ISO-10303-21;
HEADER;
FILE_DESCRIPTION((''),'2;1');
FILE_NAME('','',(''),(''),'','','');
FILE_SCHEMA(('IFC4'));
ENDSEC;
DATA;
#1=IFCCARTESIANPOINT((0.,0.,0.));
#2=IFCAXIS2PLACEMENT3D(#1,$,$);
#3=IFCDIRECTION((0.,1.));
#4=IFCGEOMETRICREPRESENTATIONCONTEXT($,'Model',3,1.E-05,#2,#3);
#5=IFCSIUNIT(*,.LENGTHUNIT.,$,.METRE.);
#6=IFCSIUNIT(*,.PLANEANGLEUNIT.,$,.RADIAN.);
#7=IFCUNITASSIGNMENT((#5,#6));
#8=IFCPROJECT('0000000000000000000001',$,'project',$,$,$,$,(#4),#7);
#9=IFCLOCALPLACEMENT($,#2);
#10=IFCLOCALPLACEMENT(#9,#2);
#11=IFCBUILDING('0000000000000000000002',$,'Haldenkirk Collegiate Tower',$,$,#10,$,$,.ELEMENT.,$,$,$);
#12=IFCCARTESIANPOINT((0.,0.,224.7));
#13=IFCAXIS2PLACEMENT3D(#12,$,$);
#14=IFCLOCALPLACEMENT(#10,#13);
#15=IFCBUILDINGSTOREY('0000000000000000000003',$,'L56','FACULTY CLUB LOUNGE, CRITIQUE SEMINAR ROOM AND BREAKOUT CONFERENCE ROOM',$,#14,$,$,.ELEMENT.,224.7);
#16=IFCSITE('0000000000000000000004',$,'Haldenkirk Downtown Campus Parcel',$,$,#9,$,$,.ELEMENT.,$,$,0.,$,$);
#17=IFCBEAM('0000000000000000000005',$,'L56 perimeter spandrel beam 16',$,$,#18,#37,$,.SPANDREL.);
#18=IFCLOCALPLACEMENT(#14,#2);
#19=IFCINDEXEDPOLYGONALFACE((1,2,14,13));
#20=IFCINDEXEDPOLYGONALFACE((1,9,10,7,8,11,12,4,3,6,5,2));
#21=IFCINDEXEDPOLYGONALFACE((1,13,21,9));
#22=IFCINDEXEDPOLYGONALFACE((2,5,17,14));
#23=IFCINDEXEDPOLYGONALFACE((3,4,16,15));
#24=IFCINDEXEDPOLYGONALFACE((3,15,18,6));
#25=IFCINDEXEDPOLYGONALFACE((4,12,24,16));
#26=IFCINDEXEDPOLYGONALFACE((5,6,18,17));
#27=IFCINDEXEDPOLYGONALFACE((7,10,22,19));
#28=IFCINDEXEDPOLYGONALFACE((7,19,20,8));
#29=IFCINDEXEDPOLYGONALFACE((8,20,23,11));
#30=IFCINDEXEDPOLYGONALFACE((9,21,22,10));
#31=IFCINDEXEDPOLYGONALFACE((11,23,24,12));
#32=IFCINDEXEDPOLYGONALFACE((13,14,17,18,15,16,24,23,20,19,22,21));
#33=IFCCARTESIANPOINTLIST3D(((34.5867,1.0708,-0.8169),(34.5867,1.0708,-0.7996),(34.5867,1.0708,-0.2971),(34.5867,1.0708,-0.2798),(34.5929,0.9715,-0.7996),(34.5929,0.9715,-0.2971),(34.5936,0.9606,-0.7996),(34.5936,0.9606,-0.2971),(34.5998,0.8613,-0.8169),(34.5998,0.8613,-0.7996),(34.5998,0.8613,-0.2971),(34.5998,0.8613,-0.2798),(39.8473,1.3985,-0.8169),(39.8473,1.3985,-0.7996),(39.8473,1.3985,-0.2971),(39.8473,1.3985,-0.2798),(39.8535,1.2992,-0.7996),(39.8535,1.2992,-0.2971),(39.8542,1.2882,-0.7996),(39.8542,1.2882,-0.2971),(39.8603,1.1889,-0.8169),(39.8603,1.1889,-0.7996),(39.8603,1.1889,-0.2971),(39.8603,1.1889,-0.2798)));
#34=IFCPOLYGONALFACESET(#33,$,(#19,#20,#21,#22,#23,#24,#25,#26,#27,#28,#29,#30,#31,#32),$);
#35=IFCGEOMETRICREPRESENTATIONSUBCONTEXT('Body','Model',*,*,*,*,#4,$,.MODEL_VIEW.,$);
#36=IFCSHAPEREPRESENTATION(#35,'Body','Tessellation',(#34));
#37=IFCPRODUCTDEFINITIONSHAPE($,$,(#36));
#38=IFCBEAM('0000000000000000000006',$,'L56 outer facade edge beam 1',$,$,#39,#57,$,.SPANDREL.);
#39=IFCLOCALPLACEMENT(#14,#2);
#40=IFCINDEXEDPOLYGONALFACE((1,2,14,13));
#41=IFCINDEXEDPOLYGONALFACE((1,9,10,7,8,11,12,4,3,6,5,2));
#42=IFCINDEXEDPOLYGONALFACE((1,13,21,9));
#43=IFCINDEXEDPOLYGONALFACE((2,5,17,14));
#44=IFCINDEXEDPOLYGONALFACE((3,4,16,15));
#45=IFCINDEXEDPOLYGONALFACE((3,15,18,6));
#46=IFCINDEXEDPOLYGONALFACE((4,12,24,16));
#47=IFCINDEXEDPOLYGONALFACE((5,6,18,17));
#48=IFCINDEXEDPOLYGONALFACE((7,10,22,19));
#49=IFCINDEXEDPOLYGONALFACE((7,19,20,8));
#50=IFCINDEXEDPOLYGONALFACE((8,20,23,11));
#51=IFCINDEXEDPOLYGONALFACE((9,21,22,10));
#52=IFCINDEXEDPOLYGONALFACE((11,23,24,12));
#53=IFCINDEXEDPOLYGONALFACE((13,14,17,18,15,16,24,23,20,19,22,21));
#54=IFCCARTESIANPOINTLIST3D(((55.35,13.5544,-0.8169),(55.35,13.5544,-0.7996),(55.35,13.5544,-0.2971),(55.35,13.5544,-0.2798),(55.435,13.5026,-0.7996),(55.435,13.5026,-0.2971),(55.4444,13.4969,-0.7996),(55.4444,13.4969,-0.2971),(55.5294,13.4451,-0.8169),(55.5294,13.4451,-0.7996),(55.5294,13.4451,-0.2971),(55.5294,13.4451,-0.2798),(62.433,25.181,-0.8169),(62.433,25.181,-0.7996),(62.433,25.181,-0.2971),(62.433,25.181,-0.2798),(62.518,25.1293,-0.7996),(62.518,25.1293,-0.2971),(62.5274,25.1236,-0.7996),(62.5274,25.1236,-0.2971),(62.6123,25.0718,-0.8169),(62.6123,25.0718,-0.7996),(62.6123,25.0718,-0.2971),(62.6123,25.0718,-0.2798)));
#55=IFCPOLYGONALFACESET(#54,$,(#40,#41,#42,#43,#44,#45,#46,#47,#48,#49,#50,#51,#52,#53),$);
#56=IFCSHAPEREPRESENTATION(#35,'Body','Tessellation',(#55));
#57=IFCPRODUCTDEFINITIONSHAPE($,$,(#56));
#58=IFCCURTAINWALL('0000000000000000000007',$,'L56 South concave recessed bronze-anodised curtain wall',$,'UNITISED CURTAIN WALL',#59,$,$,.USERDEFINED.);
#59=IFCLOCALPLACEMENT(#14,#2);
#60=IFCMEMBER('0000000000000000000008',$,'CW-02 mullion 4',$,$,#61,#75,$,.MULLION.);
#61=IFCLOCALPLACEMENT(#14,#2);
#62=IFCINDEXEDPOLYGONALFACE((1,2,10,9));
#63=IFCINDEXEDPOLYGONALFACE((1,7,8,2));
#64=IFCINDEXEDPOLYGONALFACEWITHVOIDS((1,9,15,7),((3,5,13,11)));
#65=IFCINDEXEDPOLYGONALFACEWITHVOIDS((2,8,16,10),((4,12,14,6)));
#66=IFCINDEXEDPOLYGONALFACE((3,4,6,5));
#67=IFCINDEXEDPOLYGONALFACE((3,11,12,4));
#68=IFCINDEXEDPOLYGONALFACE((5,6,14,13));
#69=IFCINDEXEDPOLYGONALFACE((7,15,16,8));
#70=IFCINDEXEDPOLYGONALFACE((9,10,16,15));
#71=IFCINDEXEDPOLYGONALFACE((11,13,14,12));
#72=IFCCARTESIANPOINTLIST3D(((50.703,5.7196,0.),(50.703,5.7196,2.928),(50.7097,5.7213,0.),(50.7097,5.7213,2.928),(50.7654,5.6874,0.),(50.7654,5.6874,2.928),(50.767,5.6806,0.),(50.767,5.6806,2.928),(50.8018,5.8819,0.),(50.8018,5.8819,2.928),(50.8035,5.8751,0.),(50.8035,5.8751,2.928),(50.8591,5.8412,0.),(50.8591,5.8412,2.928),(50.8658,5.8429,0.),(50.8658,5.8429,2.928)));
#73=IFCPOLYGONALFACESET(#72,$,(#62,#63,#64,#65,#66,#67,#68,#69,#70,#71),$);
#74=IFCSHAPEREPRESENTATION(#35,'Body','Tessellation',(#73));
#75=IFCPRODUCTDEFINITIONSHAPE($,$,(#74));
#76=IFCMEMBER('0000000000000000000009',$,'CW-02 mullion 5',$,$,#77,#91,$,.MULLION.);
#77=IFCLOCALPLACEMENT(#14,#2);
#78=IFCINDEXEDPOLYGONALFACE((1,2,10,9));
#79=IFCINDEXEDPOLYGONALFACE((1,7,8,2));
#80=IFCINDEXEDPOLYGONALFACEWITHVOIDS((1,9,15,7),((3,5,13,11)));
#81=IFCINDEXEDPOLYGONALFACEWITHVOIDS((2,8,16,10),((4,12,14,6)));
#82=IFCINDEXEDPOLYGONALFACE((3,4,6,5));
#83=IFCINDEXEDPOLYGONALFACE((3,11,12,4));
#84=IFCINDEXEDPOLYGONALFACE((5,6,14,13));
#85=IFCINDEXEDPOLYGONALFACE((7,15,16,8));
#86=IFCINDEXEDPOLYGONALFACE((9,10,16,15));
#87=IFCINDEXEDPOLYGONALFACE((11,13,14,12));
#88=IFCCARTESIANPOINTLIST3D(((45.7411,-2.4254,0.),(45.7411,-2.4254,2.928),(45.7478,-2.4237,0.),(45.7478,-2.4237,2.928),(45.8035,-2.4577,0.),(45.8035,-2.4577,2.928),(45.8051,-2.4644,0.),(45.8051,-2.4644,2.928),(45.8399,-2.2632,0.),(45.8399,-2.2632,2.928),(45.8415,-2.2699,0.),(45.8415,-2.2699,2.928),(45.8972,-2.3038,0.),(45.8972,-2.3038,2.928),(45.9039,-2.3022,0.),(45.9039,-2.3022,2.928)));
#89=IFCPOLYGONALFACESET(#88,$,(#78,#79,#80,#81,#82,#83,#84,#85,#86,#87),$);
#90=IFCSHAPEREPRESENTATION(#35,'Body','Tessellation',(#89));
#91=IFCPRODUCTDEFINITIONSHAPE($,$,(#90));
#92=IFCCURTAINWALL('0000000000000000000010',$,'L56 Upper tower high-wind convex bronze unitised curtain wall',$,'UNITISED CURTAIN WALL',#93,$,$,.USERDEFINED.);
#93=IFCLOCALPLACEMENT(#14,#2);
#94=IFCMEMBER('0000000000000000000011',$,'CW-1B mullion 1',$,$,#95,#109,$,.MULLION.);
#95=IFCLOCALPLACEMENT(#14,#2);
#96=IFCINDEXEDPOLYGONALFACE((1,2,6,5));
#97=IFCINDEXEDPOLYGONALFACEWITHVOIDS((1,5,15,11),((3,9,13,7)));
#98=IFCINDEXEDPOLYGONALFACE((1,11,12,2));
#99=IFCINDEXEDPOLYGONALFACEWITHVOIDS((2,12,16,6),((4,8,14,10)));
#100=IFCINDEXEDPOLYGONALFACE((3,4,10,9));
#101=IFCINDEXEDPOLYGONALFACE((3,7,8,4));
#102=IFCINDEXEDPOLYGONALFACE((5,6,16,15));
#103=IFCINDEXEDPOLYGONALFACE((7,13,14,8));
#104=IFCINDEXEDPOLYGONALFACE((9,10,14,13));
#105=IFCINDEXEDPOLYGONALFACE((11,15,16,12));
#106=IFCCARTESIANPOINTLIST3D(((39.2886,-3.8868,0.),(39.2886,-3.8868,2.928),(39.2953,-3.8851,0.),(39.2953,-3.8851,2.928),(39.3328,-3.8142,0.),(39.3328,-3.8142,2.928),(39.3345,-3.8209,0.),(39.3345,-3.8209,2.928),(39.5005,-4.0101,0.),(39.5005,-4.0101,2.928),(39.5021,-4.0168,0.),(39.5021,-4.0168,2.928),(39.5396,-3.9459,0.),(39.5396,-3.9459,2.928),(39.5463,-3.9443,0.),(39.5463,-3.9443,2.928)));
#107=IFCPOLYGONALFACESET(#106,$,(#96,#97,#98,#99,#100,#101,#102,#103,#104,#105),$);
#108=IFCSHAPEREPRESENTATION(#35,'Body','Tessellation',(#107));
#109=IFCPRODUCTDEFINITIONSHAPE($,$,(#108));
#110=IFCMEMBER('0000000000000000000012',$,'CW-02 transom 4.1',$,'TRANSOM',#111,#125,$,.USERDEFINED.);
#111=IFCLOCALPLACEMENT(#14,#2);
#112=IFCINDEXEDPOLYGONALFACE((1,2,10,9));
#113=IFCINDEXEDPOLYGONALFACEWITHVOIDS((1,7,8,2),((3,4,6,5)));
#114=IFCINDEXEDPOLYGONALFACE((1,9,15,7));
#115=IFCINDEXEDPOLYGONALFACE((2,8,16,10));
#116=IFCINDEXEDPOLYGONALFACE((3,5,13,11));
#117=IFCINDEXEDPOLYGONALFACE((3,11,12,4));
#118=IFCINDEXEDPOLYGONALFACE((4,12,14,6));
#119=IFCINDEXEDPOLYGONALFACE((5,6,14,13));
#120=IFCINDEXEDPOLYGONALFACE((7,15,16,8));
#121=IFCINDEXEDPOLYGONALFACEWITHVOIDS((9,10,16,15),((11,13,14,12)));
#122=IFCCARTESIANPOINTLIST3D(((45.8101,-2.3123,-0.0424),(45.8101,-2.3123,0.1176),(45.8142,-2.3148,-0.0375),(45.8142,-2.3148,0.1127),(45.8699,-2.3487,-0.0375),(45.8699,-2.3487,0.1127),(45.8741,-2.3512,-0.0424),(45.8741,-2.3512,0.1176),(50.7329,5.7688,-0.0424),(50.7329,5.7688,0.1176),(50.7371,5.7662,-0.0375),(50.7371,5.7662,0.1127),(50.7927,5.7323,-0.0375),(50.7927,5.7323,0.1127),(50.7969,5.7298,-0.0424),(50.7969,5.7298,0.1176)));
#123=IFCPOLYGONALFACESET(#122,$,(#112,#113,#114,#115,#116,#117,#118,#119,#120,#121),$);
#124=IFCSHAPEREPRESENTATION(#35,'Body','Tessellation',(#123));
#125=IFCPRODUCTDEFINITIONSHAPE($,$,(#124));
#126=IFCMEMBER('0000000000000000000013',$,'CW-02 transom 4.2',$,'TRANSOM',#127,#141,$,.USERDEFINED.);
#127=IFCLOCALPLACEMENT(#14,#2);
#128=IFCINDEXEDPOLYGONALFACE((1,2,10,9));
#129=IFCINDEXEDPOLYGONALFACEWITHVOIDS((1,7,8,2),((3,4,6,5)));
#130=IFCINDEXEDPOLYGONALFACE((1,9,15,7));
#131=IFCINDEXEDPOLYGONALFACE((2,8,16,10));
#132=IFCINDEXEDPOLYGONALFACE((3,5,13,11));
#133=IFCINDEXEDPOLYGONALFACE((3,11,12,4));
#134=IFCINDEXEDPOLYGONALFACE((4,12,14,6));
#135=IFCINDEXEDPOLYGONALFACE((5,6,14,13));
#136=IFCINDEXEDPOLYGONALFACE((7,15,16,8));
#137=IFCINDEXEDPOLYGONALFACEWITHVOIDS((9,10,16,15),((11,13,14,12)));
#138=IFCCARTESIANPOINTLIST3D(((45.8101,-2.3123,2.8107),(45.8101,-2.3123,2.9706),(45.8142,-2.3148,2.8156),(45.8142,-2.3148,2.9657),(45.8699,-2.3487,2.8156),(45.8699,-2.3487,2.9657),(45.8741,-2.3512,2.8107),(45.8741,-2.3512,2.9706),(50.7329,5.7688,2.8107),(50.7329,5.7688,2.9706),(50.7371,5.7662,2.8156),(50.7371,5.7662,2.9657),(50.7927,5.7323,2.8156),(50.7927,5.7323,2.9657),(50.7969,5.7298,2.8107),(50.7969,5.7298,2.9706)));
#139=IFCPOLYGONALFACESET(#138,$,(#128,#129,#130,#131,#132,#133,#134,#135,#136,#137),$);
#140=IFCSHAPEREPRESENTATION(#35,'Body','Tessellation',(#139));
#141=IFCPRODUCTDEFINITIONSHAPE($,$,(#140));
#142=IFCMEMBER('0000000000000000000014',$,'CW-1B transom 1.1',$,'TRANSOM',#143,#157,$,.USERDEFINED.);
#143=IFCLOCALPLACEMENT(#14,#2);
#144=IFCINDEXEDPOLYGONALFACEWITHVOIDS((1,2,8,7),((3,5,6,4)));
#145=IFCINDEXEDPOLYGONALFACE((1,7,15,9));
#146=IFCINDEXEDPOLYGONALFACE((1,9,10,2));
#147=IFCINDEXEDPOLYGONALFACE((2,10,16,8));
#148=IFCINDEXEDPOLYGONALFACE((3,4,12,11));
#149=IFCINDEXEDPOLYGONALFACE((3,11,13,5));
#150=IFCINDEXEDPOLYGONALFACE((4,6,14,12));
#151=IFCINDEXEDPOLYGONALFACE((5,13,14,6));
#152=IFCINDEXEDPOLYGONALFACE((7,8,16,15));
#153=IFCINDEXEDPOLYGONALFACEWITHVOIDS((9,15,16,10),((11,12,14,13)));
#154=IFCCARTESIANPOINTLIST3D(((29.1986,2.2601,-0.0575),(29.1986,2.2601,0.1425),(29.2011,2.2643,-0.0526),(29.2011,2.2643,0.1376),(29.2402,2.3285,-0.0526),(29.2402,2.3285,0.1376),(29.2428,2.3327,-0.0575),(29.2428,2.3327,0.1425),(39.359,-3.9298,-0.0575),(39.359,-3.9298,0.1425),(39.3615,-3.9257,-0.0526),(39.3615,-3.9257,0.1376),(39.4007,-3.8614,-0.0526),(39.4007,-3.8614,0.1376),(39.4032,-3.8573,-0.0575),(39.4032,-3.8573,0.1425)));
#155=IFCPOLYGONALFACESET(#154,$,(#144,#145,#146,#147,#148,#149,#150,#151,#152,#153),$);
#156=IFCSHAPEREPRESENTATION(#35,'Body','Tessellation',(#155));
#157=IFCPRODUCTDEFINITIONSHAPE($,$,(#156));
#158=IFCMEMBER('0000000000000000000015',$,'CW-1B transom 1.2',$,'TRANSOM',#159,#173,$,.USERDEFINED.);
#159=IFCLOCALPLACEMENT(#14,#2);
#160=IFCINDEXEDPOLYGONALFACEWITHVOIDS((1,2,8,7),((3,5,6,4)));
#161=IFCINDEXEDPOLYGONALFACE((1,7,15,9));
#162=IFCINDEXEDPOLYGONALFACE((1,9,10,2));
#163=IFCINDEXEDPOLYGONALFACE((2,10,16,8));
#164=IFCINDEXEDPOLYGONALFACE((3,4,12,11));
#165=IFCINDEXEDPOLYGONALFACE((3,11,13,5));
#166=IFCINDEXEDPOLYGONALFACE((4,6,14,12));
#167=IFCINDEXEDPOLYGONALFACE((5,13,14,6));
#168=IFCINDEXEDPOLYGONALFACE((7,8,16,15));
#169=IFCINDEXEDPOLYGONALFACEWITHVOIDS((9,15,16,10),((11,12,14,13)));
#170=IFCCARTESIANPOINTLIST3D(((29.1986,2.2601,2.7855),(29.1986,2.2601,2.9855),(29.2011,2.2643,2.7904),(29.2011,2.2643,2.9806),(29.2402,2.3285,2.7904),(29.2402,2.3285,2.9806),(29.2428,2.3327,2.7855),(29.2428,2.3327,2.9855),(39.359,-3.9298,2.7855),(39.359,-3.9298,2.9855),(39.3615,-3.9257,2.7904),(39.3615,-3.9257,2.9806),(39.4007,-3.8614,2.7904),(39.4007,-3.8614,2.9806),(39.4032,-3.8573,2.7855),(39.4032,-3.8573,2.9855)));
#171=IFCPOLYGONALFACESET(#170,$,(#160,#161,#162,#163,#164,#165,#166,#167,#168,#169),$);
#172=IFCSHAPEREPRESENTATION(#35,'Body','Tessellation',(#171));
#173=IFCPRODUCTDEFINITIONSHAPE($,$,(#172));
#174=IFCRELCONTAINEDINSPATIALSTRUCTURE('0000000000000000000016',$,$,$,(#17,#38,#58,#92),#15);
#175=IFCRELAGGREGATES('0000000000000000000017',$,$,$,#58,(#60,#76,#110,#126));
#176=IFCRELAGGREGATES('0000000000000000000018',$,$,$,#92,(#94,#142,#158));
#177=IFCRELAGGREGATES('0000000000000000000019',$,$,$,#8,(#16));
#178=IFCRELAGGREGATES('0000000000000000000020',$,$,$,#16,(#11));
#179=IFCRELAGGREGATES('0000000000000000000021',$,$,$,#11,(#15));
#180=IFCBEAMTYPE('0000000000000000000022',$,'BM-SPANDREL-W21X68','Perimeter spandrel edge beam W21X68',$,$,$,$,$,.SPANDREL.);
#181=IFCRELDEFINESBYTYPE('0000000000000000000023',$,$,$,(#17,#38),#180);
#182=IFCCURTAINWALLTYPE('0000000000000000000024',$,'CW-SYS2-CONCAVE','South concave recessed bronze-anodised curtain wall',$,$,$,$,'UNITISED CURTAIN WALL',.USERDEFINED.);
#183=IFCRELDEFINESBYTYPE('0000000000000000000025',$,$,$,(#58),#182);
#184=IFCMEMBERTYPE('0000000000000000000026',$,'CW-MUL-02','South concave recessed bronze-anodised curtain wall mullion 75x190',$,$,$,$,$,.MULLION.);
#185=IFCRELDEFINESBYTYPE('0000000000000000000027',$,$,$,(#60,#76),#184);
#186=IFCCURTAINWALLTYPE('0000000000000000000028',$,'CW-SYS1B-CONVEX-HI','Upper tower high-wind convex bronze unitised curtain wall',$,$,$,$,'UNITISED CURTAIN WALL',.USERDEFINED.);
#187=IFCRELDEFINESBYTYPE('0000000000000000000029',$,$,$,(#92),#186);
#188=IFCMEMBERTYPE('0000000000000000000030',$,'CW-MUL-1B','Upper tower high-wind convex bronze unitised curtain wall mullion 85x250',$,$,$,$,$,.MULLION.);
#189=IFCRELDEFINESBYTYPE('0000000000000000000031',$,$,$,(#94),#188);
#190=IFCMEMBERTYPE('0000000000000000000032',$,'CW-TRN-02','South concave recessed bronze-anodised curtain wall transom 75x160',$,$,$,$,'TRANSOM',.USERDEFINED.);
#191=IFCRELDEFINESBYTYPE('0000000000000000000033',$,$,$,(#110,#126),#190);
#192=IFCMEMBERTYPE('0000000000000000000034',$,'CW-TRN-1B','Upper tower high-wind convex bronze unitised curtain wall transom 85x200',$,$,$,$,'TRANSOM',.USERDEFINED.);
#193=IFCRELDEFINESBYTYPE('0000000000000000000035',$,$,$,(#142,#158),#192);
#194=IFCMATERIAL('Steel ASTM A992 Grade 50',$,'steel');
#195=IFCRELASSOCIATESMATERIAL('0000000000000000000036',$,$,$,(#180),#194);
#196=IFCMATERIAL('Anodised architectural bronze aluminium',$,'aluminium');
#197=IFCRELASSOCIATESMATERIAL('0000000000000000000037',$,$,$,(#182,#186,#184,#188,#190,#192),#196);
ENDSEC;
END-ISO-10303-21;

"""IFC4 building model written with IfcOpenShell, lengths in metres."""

from ifc_helpers import new_model, si_unit, direction, frame, origin, origin_2d, place, context, subcontext, project, spatial, hollow_rectangle, i_section, extrude, material, material_profile, profile_set, type_object, element, aggregate, save


model = new_model("IFC4")

# Units and contexts
model_context = context("Model", 3, precision=1e-05, world=origin(), true_north=direction((0.0, 1.0)))
body_context = subcontext(model_context, "Body", "Model", "MODEL_VIEW")
ifc_project = project(units=[si_unit("LENGTHUNIT", "METRE"), si_unit("PLANEANGLEUNIT", "RADIAN")], contexts=[model_context])

# Site, building, storey
site_placement = place(None, origin())
site = spatial("IfcSite", under=ifc_project, at=site_placement, Name="Haldenkirk Downtown Campus Parcel", CompositionType="ELEMENT", RefElevation=0.0)
building_placement = place(site_placement, origin())
building = spatial("IfcBuilding", under=site, at=building_placement, Name="Haldenkirk Collegiate Tower", CompositionType="ELEMENT")
storey_placement = place(building_placement, frame((0.0, 0.0, 224.7)))
storey = spatial("IfcBuildingStorey", under=building, at=storey_placement, Name="L56", Description="FACULTY CLUB LOUNGE, CRITIQUE SEMINAR ROOM AND BREAKOUT CONFERENCE ROOM", CompositionType="ELEMENT", Elevation=224.7)

# Beams
ifc_material_1 = material(Name="Steel ASTM A992 Grade 50", Category="steel")
ifc_material_profile_1 = material_profile(ifc_material_1, i_section(OverallWidth=0.21, OverallDepth=0.5371, WebThickness=0.011, FlangeThickness=0.0173, at=origin_2d()), Name="W21X68")
ifc_profile_set_1 = profile_set([ifc_material_profile_1], Name="Steel ASTM A992 Grade 50")
beam_type_1 = type_object("IfcBeamType", Name="BM-SPANDREL-W21X68", Description="Perimeter spandrel edge beam W21X68", PredefinedType="SPANDREL", material=ifc_profile_set_1)
beam_1_placement = place(storey_placement, frame((34.5933, 0.9661, -0.5483), z_axis=(0.998066, 0.062162, 0.0), x_axis=(-0.062162, 0.998066, 0.0)))
element("IfcBeam", 1, at=beam_1_placement, inside=storey, type_object=beam_type_1, Name="L56 perimeter spandrel beam 16", PredefinedType="SPANDREL", context=body_context, shape_type="SweptSolid", body=[
    extrude(i_section(OverallWidth=0.21, OverallDepth=0.5371, WebThickness=0.011, FlangeThickness=0.0173, at=origin_2d()), origin(), (0.0, 0.0, 1.0), 5.2708),
])
beam_2_placement = place(storey_placement, frame((55.4397, 13.4998, -0.5483), z_axis=(0.520262, 0.854007, 0.0), x_axis=(-0.854007, 0.520262, 0.0)))
element("IfcBeam", 2, at=beam_2_placement, inside=storey, type_object=beam_type_1, Name="L56 outer facade edge beam 1", PredefinedType="SPANDREL", context=body_context, shape_type="SweptSolid", body=[
    extrude(i_section(OverallWidth=0.21, OverallDepth=0.5371, WebThickness=0.011, FlangeThickness=0.0173, at=origin_2d()), origin(), (0.0, 0.0, 1.0), 13.6143),
])

# Curtain wall, members
ifc_material_2 = material(Name="Anodised architectural bronze aluminium", Category="aluminium")
curtain_wall_type_1 = type_object("IfcCurtainWallType", Name="CW-SYS2-CONCAVE", Description="South concave recessed bronze-anodised curtain wall", ElementType="UNITISED CURTAIN WALL", PredefinedType="USERDEFINED", material=ifc_material_2)
curtain_wall_1_placement = place(storey_placement, origin())
curtain_wall_1 = element("IfcCurtainWall", 3, at=curtain_wall_1_placement, inside=storey, type_object=curtain_wall_type_1, Name="L56 South concave recessed bronze-anodised curtain wall", ObjectType="UNITISED CURTAIN WALL", PredefinedType="USERDEFINED")
ifc_material_profile_2 = material_profile(ifc_material_2, hollow_rectangle(XDim=0.075, YDim=0.1899, WallThickness=0.0049, at=origin_2d()), Name="CW-MUL-02")
ifc_profile_set_2 = profile_set([ifc_material_profile_2], Name="Anodised architectural bronze aluminium")
member_type_1 = type_object("IfcMemberType", Name="CW-MUL-02", Description="South concave recessed bronze-anodised curtain wall mullion 75x190", PredefinedType="MULLION", material=ifc_profile_set_2)
member_1_placement = place(storey_placement, frame((50.7844, 5.7812, 0.0), z_axis=(0.0, 0.0, 1.0), x_axis=(0.854004, -0.520266, 0.0)))
member_1 = element("IfcMember", 4, at=member_1_placement, type_object=member_type_1, Name="CW-02 mullion 4", PredefinedType="MULLION", context=body_context, shape_type="SweptSolid", body=[
    extrude(hollow_rectangle(XDim=0.075, YDim=0.1899, WallThickness=0.0049, at=origin_2d()), origin(), (0.0, 0.0, 1.0), 2.928),
])
member_2_placement = place(storey_placement, frame((45.8225, -2.3638, 0.0), z_axis=(0.0, 0.0, 1.0), x_axis=(0.854004, -0.520266, 0.0)))
member_2 = element("IfcMember", 5, at=member_2_placement, type_object=member_type_1, Name="CW-02 mullion 5", PredefinedType="MULLION", context=body_context, shape_type="SweptSolid", body=[
    extrude(hollow_rectangle(XDim=0.075, YDim=0.1899, WallThickness=0.0049, at=origin_2d()), origin(), (0.0, 0.0, 1.0), 2.928),
])

# Curtain wall, member
curtain_wall_type_2 = type_object("IfcCurtainWallType", Name="CW-SYS1B-CONVEX-HI", Description="Upper tower high-wind convex bronze unitised curtain wall", ElementType="UNITISED CURTAIN WALL", PredefinedType="USERDEFINED", material=ifc_material_2)
curtain_wall_2_placement = place(storey_placement, origin())
curtain_wall_2 = element("IfcCurtainWall", 6, at=curtain_wall_2_placement, inside=storey, type_object=curtain_wall_type_2, Name="L56 Upper tower high-wind convex bronze unitised curtain wall", ObjectType="UNITISED CURTAIN WALL", PredefinedType="USERDEFINED")
ifc_material_profile_3 = material_profile(ifc_material_2, hollow_rectangle(XDim=0.085, YDim=0.25, WallThickness=0.0049, at=origin_2d()), Name="CW-MUL-1B")
ifc_profile_set_3 = profile_set([ifc_material_profile_3], Name="Anodised architectural bronze aluminium")
member_type_2 = type_object("IfcMemberType", Name="CW-MUL-1B", Description="Upper tower high-wind convex bronze unitised curtain wall mullion 85x250", PredefinedType="MULLION", material=ifc_profile_set_3)
member_3_placement = place(storey_placement, frame((39.4175, -3.9155, 0.0), z_axis=(0.0, 0.0, 1.0), x_axis=(-0.520268, -0.854003, 0.0)))
member_3 = element("IfcMember", 7, at=member_3_placement, type_object=member_type_2, Name="CW-1B mullion 1", PredefinedType="MULLION", context=body_context, shape_type="SweptSolid", body=[
    extrude(hollow_rectangle(XDim=0.085, YDim=0.25, WallThickness=0.0049, at=origin_2d()), origin(), (0.0, 0.0, 1.0), 2.928),
])

# Members
ifc_material_profile_4 = material_profile(ifc_material_2, hollow_rectangle(XDim=0.075, YDim=0.1599, WallThickness=0.0049, at=origin_2d()), Name="CW-TRN-02")
ifc_profile_set_4 = profile_set([ifc_material_profile_4], Name="Anodised architectural bronze aluminium")
member_type_3 = type_object("IfcMemberType", Name="CW-TRN-02", Description="South concave recessed bronze-anodised curtain wall transom 75x160", ElementType="TRANSOM", PredefinedType="USERDEFINED", material=ifc_profile_set_4)
member_4_placement = place(storey_placement, frame((50.7649, 5.7493, 0.0376), z_axis=(-0.520251, -0.854013, 0.0), x_axis=(0.854013, -0.520251, 0.0)))
member_4 = element("IfcMember", 8, at=member_4_placement, type_object=member_type_3, Name="CW-02 transom 4.1", ObjectType="TRANSOM", PredefinedType="USERDEFINED", context=body_context, shape_type="SweptSolid", body=[
    extrude(hollow_rectangle(XDim=0.075, YDim=0.1599, WallThickness=0.0049, at=origin_2d()), origin(), (0.0, 0.0, 1.0), 9.4624),
])
member_5_placement = place(storey_placement, frame((50.7649, 5.7493, 2.8906), z_axis=(-0.520251, -0.854013, 0.0), x_axis=(0.854013, -0.520251, 0.0)))
member_5 = element("IfcMember", 9, at=member_5_placement, type_object=member_type_3, Name="CW-02 transom 4.2", ObjectType="TRANSOM", PredefinedType="USERDEFINED", context=body_context, shape_type="SweptSolid", body=[
    extrude(hollow_rectangle(XDim=0.075, YDim=0.1599, WallThickness=0.0049, at=origin_2d()), origin(), (0.0, 0.0, 1.0), 9.4624),
])
ifc_material_profile_5 = material_profile(ifc_material_2, hollow_rectangle(XDim=0.085, YDim=0.2, WallThickness=0.0049, at=origin_2d()), Name="CW-TRN-1B")
ifc_profile_set_5 = profile_set([ifc_material_profile_5], Name="Anodised architectural bronze aluminium")
member_type_4 = type_object("IfcMemberType", Name="CW-TRN-1B", Description="Upper tower high-wind convex bronze unitised curtain wall transom 85x200", ElementType="TRANSOM", PredefinedType="USERDEFINED", material=ifc_profile_set_5)
member_6_placement = place(storey_placement, frame((39.3811, -3.8936, 0.0425), z_axis=(-0.853999, 0.520275, 0.0), x_axis=(-0.520275, -0.853999, 0.0)))
member_6 = element("IfcMember", 10, at=member_6_placement, type_object=member_type_4, Name="CW-1B transom 1.1", ObjectType="TRANSOM", PredefinedType="USERDEFINED", context=body_context, shape_type="SweptSolid", body=[
    extrude(hollow_rectangle(XDim=0.085, YDim=0.2, WallThickness=0.0049, at=origin_2d()), origin(), (0.0, 0.0, 1.0), 11.8975),
])
member_7_placement = place(storey_placement, frame((39.3811, -3.8936, 2.8855), z_axis=(-0.853999, 0.520275, 0.0), x_axis=(-0.520275, -0.853999, 0.0)))
member_7 = element("IfcMember", 11, at=member_7_placement, type_object=member_type_4, Name="CW-1B transom 1.2", ObjectType="TRANSOM", PredefinedType="USERDEFINED", context=body_context, shape_type="SweptSolid", body=[
    extrude(hollow_rectangle(XDim=0.085, YDim=0.2, WallThickness=0.0049, at=origin_2d()), origin(), (0.0, 0.0, 1.0), 11.8975),
])

aggregate(curtain_wall_1, [member_1, member_2, member_4, member_5])
aggregate(curtain_wall_2, [member_3, member_6, member_7])

save(model, "model.ifc")
